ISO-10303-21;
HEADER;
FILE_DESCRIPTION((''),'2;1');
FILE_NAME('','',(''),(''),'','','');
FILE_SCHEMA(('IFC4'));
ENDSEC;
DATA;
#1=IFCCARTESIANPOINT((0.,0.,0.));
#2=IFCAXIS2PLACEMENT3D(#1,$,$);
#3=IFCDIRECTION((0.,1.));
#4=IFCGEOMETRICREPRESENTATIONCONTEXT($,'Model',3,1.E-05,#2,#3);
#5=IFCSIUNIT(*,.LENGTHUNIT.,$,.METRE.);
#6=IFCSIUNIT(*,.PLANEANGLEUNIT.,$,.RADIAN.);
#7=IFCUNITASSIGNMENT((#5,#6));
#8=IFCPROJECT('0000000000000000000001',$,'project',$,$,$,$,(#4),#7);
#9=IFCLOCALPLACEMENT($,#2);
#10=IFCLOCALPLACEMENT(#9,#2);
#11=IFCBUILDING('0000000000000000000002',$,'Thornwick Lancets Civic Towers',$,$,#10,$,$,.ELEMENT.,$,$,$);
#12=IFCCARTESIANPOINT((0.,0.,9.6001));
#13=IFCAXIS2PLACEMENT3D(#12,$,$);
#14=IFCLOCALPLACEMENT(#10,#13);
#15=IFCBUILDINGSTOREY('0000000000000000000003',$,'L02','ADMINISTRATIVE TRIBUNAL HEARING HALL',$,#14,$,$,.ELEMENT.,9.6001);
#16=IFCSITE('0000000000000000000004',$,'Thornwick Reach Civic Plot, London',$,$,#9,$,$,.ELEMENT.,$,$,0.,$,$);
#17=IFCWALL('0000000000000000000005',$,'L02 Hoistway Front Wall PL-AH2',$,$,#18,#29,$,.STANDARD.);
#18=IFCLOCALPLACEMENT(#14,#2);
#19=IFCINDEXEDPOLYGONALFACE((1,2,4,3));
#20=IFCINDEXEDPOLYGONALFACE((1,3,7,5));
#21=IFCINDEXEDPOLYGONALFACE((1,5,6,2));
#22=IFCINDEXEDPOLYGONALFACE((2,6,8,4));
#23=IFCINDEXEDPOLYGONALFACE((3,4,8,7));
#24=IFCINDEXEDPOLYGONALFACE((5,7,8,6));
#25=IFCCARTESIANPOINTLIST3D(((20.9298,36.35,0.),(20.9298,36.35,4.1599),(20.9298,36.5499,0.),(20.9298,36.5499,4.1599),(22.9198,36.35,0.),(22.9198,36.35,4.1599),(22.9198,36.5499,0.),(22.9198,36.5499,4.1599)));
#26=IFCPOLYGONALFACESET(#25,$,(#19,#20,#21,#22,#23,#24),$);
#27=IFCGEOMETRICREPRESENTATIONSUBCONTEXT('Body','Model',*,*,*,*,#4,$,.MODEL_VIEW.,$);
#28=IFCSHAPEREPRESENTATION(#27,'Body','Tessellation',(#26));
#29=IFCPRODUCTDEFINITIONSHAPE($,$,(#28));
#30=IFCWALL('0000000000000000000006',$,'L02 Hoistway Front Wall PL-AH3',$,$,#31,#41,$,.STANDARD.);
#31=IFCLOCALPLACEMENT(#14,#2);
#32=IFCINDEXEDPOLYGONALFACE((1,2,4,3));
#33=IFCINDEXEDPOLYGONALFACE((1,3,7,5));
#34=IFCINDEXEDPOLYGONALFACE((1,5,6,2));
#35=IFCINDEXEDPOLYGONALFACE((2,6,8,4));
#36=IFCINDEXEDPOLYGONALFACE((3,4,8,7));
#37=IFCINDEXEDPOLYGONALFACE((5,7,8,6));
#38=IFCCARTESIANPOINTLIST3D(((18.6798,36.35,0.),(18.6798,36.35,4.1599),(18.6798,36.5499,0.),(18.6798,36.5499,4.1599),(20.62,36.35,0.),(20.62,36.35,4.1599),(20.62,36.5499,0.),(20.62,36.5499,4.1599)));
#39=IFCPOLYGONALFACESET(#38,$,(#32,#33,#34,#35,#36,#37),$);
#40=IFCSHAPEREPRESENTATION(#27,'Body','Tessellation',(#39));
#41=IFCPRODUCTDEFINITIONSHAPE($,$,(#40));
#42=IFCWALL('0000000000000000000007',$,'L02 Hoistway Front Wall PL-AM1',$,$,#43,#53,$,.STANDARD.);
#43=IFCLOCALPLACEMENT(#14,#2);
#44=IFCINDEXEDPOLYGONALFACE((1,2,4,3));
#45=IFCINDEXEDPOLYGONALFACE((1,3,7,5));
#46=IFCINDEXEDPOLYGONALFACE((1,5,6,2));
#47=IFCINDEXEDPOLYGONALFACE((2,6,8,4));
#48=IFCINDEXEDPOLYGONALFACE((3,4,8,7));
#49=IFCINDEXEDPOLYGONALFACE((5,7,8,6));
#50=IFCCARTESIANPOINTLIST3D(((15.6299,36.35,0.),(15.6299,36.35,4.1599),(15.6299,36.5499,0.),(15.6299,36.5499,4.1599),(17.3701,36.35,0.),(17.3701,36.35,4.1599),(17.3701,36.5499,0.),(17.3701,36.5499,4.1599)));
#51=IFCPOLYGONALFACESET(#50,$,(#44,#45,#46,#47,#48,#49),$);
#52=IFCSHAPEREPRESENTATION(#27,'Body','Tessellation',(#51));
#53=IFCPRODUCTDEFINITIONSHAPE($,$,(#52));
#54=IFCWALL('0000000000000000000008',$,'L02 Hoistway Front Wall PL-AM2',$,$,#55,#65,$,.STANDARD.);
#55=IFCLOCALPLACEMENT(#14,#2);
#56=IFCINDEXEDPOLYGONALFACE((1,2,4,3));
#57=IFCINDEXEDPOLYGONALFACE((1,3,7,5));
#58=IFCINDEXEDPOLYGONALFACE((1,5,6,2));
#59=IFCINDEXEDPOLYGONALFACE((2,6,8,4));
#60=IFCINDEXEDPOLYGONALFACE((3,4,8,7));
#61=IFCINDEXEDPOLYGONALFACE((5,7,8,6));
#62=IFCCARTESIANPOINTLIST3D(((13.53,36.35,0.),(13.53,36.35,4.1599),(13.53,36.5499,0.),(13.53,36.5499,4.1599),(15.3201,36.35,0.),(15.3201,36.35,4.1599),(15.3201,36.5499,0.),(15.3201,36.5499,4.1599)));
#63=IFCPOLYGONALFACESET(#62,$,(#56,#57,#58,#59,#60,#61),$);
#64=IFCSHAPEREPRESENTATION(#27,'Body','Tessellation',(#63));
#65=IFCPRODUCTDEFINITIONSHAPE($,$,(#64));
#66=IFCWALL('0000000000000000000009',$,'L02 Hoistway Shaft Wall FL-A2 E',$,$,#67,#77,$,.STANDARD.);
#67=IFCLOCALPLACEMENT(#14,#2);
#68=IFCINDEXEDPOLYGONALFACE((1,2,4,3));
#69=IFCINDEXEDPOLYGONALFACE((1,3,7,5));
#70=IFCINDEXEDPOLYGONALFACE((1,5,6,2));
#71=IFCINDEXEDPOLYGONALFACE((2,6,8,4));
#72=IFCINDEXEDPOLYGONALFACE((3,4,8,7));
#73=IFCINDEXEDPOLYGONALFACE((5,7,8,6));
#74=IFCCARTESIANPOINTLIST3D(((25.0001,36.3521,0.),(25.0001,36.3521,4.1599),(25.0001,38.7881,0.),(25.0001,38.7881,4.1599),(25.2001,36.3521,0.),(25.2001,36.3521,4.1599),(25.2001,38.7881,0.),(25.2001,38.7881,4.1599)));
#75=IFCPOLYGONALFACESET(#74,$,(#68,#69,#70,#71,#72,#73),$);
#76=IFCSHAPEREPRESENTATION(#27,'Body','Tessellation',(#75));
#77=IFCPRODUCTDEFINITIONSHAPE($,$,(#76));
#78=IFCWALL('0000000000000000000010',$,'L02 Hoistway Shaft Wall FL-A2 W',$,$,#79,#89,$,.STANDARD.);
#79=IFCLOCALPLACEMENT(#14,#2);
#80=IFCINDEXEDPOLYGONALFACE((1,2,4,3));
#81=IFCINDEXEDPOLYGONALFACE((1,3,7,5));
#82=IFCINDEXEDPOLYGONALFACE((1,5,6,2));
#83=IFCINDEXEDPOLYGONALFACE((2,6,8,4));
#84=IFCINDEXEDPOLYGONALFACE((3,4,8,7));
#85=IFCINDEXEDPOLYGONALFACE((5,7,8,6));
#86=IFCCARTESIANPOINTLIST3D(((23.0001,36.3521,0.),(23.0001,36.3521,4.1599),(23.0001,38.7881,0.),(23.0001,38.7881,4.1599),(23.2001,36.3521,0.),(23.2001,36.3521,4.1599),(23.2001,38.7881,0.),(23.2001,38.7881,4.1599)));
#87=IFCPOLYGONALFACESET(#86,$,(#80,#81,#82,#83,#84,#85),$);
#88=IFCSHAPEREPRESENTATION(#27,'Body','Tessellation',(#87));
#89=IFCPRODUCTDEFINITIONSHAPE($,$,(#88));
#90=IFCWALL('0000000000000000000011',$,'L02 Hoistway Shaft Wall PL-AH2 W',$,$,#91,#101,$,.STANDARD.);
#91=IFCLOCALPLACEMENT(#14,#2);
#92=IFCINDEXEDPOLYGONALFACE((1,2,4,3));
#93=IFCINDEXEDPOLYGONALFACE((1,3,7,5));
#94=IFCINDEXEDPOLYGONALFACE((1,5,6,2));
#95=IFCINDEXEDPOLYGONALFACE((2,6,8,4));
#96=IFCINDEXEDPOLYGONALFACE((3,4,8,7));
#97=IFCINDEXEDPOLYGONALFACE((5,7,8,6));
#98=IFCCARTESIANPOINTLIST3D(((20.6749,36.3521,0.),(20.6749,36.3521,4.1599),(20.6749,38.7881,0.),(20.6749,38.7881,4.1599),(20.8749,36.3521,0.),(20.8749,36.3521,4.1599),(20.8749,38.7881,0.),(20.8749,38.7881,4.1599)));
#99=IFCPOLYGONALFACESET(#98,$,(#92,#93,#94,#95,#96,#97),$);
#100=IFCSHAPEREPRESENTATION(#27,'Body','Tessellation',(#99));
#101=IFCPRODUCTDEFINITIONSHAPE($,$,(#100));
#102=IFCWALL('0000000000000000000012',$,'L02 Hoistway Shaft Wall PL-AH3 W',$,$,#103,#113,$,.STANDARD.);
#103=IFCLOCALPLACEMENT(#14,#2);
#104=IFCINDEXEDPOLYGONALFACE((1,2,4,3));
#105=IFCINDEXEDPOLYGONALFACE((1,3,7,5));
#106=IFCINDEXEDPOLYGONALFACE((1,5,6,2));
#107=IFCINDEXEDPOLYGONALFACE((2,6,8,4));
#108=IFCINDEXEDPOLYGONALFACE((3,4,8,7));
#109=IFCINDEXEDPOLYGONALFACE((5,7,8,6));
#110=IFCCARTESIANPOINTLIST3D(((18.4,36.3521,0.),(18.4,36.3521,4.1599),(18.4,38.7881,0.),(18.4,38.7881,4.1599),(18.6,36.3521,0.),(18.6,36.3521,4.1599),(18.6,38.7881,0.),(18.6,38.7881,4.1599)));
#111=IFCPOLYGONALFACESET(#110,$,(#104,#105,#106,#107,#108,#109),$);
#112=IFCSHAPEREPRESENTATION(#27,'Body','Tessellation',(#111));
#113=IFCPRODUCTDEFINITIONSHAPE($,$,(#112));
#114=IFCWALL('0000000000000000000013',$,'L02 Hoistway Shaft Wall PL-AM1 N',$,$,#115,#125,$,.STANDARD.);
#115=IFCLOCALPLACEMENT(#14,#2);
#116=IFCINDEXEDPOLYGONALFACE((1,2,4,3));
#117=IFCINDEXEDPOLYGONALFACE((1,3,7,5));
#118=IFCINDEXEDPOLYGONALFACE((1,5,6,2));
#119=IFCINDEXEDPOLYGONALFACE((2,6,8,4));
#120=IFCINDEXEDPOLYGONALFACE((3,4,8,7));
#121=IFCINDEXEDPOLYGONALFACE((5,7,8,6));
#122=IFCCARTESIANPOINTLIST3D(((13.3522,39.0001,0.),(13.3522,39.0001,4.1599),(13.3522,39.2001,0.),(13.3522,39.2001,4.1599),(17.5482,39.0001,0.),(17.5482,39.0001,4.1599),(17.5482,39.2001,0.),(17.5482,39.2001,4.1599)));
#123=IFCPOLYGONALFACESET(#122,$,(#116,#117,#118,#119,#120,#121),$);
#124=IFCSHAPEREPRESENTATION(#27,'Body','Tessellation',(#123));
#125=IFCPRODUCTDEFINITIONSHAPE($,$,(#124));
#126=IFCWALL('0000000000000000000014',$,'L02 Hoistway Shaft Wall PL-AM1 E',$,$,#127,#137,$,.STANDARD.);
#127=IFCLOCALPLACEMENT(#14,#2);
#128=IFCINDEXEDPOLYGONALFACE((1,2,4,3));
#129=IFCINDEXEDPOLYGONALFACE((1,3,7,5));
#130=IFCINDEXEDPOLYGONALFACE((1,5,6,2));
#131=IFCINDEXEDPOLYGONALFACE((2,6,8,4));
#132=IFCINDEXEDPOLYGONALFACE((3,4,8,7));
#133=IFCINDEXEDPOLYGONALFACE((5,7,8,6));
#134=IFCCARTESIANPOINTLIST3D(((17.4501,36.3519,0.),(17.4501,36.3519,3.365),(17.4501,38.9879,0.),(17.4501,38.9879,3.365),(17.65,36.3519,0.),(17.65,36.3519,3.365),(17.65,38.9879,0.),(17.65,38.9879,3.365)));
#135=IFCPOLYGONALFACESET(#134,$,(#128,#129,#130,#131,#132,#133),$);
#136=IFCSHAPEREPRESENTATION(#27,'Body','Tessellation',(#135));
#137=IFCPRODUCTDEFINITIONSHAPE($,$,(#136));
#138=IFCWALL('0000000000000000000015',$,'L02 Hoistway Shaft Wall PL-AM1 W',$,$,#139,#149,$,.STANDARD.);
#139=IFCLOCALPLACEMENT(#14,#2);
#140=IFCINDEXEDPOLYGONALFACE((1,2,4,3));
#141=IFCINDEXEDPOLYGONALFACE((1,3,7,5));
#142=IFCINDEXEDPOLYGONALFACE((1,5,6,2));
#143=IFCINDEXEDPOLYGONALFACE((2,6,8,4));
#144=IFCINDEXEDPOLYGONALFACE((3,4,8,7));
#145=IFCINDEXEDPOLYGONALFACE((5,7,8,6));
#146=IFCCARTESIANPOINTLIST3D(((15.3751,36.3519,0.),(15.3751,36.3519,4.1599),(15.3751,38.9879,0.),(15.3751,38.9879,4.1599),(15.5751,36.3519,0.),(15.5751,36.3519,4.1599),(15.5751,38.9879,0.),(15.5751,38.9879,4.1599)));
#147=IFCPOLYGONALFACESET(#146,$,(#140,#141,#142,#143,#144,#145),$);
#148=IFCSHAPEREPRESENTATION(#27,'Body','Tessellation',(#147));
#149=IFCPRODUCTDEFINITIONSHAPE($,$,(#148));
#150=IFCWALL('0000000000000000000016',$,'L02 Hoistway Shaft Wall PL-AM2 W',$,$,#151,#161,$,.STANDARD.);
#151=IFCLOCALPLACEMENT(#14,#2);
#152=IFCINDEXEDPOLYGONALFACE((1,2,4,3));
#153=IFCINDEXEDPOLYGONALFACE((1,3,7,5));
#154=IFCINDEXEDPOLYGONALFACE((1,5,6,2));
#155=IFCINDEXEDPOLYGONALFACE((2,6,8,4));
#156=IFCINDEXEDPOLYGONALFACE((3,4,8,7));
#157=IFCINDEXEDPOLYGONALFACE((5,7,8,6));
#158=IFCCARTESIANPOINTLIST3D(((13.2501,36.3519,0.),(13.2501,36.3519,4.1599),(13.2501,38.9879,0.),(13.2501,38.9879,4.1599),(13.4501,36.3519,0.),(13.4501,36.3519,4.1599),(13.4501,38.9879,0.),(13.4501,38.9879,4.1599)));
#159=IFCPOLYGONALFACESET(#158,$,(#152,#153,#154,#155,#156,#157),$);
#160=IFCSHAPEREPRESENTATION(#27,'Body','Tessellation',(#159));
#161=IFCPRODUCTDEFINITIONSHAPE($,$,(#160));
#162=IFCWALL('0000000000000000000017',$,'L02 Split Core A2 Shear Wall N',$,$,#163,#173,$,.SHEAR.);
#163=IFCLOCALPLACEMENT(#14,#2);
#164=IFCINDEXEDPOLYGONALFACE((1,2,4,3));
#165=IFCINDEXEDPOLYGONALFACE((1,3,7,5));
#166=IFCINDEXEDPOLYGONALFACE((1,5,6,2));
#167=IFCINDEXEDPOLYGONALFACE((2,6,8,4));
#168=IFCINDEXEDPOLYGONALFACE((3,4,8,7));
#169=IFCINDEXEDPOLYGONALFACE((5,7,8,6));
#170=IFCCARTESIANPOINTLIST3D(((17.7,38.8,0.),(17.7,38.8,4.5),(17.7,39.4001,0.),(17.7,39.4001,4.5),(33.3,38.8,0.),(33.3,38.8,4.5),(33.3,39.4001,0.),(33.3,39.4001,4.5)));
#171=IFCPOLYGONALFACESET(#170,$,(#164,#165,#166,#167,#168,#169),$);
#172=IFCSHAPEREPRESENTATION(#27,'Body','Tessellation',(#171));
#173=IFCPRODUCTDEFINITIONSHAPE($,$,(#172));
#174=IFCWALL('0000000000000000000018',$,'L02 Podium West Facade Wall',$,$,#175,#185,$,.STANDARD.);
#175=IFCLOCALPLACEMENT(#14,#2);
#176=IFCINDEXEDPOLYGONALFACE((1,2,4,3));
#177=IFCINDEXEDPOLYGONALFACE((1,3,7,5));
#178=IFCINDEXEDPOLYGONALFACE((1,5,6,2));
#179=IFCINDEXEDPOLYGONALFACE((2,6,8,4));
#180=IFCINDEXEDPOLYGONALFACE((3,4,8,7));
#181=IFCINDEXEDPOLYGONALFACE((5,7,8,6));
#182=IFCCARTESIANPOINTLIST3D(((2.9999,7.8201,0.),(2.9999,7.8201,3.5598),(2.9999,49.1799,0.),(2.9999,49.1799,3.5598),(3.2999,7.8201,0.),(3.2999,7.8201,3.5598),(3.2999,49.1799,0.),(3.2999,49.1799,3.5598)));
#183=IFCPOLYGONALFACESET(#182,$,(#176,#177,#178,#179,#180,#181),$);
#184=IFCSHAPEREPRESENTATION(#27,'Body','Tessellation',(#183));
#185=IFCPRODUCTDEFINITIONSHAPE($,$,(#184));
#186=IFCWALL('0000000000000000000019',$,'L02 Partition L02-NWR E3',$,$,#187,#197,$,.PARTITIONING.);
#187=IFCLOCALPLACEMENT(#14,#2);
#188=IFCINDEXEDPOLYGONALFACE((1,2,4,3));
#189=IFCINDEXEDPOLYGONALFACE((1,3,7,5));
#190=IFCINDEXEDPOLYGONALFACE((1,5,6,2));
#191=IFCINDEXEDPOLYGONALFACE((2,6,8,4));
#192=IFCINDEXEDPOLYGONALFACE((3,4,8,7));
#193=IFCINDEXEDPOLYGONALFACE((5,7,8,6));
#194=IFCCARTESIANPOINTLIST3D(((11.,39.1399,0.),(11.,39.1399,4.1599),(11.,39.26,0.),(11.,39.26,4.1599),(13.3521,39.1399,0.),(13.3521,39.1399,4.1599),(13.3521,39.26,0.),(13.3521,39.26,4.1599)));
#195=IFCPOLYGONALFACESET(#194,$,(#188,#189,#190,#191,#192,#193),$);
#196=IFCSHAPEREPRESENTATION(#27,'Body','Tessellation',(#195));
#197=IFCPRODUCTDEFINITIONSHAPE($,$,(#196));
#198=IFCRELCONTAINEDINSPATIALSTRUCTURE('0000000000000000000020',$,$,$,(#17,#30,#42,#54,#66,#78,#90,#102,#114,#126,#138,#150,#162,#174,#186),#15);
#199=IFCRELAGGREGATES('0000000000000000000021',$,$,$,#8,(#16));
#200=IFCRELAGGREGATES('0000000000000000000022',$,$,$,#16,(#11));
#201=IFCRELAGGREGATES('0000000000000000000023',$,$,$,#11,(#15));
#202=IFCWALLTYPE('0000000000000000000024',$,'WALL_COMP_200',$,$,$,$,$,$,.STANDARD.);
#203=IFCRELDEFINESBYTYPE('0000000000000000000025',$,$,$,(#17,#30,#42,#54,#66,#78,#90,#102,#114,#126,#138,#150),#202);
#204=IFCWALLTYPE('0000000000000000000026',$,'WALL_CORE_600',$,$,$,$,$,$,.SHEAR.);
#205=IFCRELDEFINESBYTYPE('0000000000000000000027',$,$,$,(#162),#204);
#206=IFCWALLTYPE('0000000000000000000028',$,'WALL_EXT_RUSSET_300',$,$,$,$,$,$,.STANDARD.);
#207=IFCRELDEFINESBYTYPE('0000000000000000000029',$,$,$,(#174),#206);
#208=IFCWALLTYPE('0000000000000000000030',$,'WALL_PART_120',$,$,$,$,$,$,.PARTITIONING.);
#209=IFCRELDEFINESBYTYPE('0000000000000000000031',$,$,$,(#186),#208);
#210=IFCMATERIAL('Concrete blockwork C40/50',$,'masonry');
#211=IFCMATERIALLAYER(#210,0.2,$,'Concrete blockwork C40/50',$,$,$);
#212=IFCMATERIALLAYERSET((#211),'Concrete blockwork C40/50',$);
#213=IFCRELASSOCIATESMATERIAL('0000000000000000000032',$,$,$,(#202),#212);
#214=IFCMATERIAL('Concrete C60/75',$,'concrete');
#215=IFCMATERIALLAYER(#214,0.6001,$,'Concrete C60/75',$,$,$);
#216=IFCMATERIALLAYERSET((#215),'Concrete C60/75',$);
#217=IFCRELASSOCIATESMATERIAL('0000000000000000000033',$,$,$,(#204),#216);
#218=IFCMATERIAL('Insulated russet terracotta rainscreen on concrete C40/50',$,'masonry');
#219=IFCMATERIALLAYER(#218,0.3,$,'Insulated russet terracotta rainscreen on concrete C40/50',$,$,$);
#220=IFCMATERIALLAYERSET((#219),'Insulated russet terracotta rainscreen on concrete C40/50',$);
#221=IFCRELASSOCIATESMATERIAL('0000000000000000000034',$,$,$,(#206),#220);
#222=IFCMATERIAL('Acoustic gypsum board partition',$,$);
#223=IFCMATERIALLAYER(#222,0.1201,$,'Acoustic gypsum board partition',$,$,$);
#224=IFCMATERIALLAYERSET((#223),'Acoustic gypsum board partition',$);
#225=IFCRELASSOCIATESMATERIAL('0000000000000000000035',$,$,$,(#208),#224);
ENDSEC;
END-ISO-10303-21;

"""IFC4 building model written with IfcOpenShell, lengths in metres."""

from ifc_helpers import new_model, si_unit, direction, frame, frame_2d, origin, place, context, subcontext, project, spatial, rectangle, extrude, material, layer, layer_set, type_object, element, save


model = new_model("IFC4")

# Units and contexts
model_context = context("Model", 3, precision=1e-05, world=origin(), true_north=direction((0.0, 1.0)))
body_context = subcontext(model_context, "Body", "Model", "MODEL_VIEW")
ifc_project = project(units=[si_unit("LENGTHUNIT", "METRE"), si_unit("PLANEANGLEUNIT", "RADIAN")], contexts=[model_context])

# Site, building, storey
site_placement = place(None, origin())
site = spatial("IfcSite", under=ifc_project, at=site_placement, Name="Thornwick Reach Civic Plot, London", CompositionType="ELEMENT", RefElevation=0.0)
building_placement = place(site_placement, origin())
building = spatial("IfcBuilding", under=site, at=building_placement, Name="Thornwick Lancets Civic Towers", CompositionType="ELEMENT")
storey_placement = place(building_placement, frame((0.0, 0.0, 9.6001)))
storey = spatial("IfcBuildingStorey", under=building, at=storey_placement, Name="L02", Description="ADMINISTRATIVE TRIBUNAL HEARING HALL", CompositionType="ELEMENT", Elevation=9.6001)

# Shared definitions
ifc_material_1 = material(Name="Concrete C60/75", Category="concrete")

# Shared definitions
ifc_material_2 = material(Name="Concrete blockwork C40/50", Category="masonry")
ifc_layer_1 = layer(ifc_material_2, 0.2, Name="Concrete blockwork C40/50")
ifc_layer_set_1 = layer_set([ifc_layer_1], Name="Concrete blockwork C40/50")
wall_type_1 = type_object("IfcWallType", Name="WALL_COMP_200", PredefinedType="STANDARD", material=ifc_layer_set_1)

# Walls
wall_1_placement = place(storey_placement, frame((22.9199, 36.45, 0.0), z_axis=(0.0, 0.0, 1.0), x_axis=(-1.0, 0.0, 0.0)))
element("IfcWall", 1, at=wall_1_placement, inside=storey, type_object=wall_type_1, Name="L02 Hoistway Front Wall PL-AH2", PredefinedType="STANDARD", context=body_context, shape_type="SweptSolid", body=[
    extrude(rectangle(XDim=1.99, YDim=0.2, at=frame_2d((0.9951, 0.0))), origin(), (0.0, 0.0, 1.0), 4.1599),
])
wall_2_placement = place(storey_placement, frame((20.6201, 36.45, 0.0), z_axis=(0.0, 0.0, 1.0), x_axis=(-1.0, 0.0, 0.0)))
element("IfcWall", 2, at=wall_2_placement, inside=storey, type_object=wall_type_1, Name="L02 Hoistway Front Wall PL-AH3", PredefinedType="STANDARD", context=body_context, shape_type="SweptSolid", body=[
    extrude(rectangle(XDim=1.9402, YDim=0.2, at=frame_2d((0.9702, 0.0))), origin(), (0.0, 0.0, 1.0), 4.1599),
])
wall_3_placement = place(storey_placement, frame((17.3701, 36.45, 0.0), z_axis=(0.0, 0.0, 1.0), x_axis=(-1.0, 0.0, 0.0)))
element("IfcWall", 3, at=wall_3_placement, inside=storey, type_object=wall_type_1, Name="L02 Hoistway Front Wall PL-AM1", PredefinedType="STANDARD", context=body_context, shape_type="SweptSolid", body=[
    extrude(rectangle(XDim=1.7402, YDim=0.2, at=frame_2d((0.8701, 0.0))), origin(), (0.0, 0.0, 1.0), 4.1599),
])
wall_4_placement = place(storey_placement, frame((15.3201, 36.45, 0.0), z_axis=(0.0, 0.0, 1.0), x_axis=(-1.0, 0.0, 0.0)))
element("IfcWall", 4, at=wall_4_placement, inside=storey, type_object=wall_type_1, Name="L02 Hoistway Front Wall PL-AM2", PredefinedType="STANDARD", context=body_context, shape_type="SweptSolid", body=[
    extrude(rectangle(XDim=1.79, YDim=0.2, at=frame_2d((0.895, 0.0))), origin(), (0.0, 0.0, 1.0), 4.1599),
])
for number, where, z_axis, x_axis, name in (
    (5, (25.1001, 36.3521, 0.0), (0.0, 0.0, 1.0), (0.0, 1.0, 0.0), "L02 Hoistway Shaft Wall FL-A2 E"),
    (6, (23.1001, 36.3521, 0.0), (0.0, 0.0, 1.0), (0.0, 1.0, 0.0), "L02 Hoistway Shaft Wall FL-A2 W"),
    (7, (20.7749, 36.3521, 0.0), (0.0, 0.0, 1.0), (0.0, 1.0, 0.0), "L02 Hoistway Shaft Wall PL-AH2 W"),
    (8, (18.5, 36.3521, 0.0), (0.0, 0.0, 1.0), (0.0, 1.0, 0.0), "L02 Hoistway Shaft Wall PL-AH3 W"),
):
    element("IfcWall", number, at=place(storey_placement, frame(where, z_axis=z_axis, x_axis=x_axis)), inside=storey, type_object=wall_type_1, Name=name, PredefinedType="STANDARD", context=body_context, shape_type="SweptSolid", body=[
        extrude(rectangle(XDim=2.436, YDim=0.2, at=frame_2d((1.218, 0.0))), origin(), (0.0, 0.0, 1.0), 4.1599),
    ])
wall_5_placement = place(storey_placement, frame((13.3521, 39.1001, 0.0), z_axis=(0.0, 0.0, 1.0), x_axis=(1.0, 0.0, 0.0)))
element("IfcWall", 9, at=wall_5_placement, inside=storey, type_object=wall_type_1, Name="L02 Hoistway Shaft Wall PL-AM1 N", PredefinedType="STANDARD", context=body_context, shape_type="SweptSolid", body=[
    extrude(rectangle(XDim=4.196, YDim=0.2, at=frame_2d((2.0981, 0.0))), origin(), (0.0, 0.0, 1.0), 4.1599),
])
wall_6_placement = place(storey_placement, frame((17.55, 36.3521, 0.0), z_axis=(0.0, 0.0, 1.0), x_axis=(0.0, 1.0, 0.0)))
element("IfcWall", 10, at=wall_6_placement, inside=storey, type_object=wall_type_1, Name="L02 Hoistway Shaft Wall PL-AM1 E", PredefinedType="STANDARD", context=body_context, shape_type="SweptSolid", body=[
    extrude(rectangle(XDim=2.636, YDim=0.2, at=frame_2d((1.3179, 0.0))), origin(), (0.0, 0.0, 1.0), 3.365),
])
for number, where, z_axis, x_axis, name in (
    (11, (15.4751, 36.3521, 0.0), (0.0, 0.0, 1.0), (0.0, 1.0, 0.0), "L02 Hoistway Shaft Wall PL-AM1 W"),
    (12, (13.3501, 36.3521, 0.0), (0.0, 0.0, 1.0), (0.0, 1.0, 0.0), "L02 Hoistway Shaft Wall PL-AM2 W"),
):
    element("IfcWall", number, at=place(storey_placement, frame(where, z_axis=z_axis, x_axis=x_axis)), inside=storey, type_object=wall_type_1, Name=name, PredefinedType="STANDARD", context=body_context, shape_type="SweptSolid", body=[
        extrude(rectangle(XDim=2.636, YDim=0.2, at=frame_2d((1.3179, 0.0))), origin(), (0.0, 0.0, 1.0), 4.1599),
    ])
ifc_layer_2 = layer(ifc_material_1, 0.6001, Name="Concrete C60/75")
ifc_layer_set_2 = layer_set([ifc_layer_2], Name="Concrete C60/75")
wall_type_2 = type_object("IfcWallType", Name="WALL_CORE_600", PredefinedType="SHEAR", material=ifc_layer_set_2)
wall_7_placement = place(storey_placement, frame((17.7, 39.1001, 0.0), z_axis=(0.0, 0.0, 1.0), x_axis=(1.0, 0.0, 0.0)))
element("IfcWall", 13, at=wall_7_placement, inside=storey, type_object=wall_type_2, Name="L02 Split Core A2 Shear Wall N", PredefinedType="SHEAR", context=body_context, shape_type="SweptSolid", body=[
    extrude(rectangle(XDim=15.6001, YDim=0.6001, at=frame_2d((7.8, 0.0))), origin(), (0.0, 0.0, 1.0), 4.5),
])
ifc_material_3 = material(Name="Insulated russet terracotta rainscreen on concrete C40/50", Category="masonry")
ifc_layer_3 = layer(ifc_material_3, 0.3, Name="Insulated russet terracotta rainscreen on concrete C40/50")
ifc_layer_set_3 = layer_set([ifc_layer_3], Name="Insulated russet terracotta rainscreen on concrete C40/50")
wall_type_3 = type_object("IfcWallType", Name="WALL_EXT_RUSSET_300", PredefinedType="STANDARD", material=ifc_layer_set_3)
wall_8_placement = place(storey_placement, frame((3.1499, 49.1799, 0.0), z_axis=(0.0, 0.0, 1.0), x_axis=(0.0, -1.0, 0.0)))
element("IfcWall", 14, at=wall_8_placement, inside=storey, type_object=wall_type_3, Name="L02 Podium West Facade Wall", PredefinedType="STANDARD", context=body_context, shape_type="SweptSolid", body=[
    extrude(rectangle(XDim=41.3599, YDim=0.3, at=frame_2d((20.6799, 0.0))), origin(), (0.0, 0.0, 1.0), 3.5598),
])
ifc_material_4 = material(Name="Acoustic gypsum board partition")
ifc_layer_4 = layer(ifc_material_4, 0.1201, Name="Acoustic gypsum board partition")
ifc_layer_set_4 = layer_set([ifc_layer_4], Name="Acoustic gypsum board partition")
wall_type_4 = type_object("IfcWallType", Name="WALL_PART_120", PredefinedType="PARTITIONING", material=ifc_layer_set_4)
wall_9_placement = place(storey_placement, frame((13.3521, 39.2, 0.0), z_axis=(0.0, 0.0, 1.0), x_axis=(-1.0, 0.0, 0.0)))
element("IfcWall", 15, at=wall_9_placement, inside=storey, type_object=wall_type_4, Name="L02 Partition L02-NWR E3", PredefinedType="PARTITIONING", context=body_context, shape_type="SweptSolid", body=[
    extrude(rectangle(XDim=2.3521, YDim=0.1201, at=frame_2d((1.176, 0.0))), origin(), (0.0, 0.0, 1.0), 4.1599),
])

save(model, "model.ifc")
